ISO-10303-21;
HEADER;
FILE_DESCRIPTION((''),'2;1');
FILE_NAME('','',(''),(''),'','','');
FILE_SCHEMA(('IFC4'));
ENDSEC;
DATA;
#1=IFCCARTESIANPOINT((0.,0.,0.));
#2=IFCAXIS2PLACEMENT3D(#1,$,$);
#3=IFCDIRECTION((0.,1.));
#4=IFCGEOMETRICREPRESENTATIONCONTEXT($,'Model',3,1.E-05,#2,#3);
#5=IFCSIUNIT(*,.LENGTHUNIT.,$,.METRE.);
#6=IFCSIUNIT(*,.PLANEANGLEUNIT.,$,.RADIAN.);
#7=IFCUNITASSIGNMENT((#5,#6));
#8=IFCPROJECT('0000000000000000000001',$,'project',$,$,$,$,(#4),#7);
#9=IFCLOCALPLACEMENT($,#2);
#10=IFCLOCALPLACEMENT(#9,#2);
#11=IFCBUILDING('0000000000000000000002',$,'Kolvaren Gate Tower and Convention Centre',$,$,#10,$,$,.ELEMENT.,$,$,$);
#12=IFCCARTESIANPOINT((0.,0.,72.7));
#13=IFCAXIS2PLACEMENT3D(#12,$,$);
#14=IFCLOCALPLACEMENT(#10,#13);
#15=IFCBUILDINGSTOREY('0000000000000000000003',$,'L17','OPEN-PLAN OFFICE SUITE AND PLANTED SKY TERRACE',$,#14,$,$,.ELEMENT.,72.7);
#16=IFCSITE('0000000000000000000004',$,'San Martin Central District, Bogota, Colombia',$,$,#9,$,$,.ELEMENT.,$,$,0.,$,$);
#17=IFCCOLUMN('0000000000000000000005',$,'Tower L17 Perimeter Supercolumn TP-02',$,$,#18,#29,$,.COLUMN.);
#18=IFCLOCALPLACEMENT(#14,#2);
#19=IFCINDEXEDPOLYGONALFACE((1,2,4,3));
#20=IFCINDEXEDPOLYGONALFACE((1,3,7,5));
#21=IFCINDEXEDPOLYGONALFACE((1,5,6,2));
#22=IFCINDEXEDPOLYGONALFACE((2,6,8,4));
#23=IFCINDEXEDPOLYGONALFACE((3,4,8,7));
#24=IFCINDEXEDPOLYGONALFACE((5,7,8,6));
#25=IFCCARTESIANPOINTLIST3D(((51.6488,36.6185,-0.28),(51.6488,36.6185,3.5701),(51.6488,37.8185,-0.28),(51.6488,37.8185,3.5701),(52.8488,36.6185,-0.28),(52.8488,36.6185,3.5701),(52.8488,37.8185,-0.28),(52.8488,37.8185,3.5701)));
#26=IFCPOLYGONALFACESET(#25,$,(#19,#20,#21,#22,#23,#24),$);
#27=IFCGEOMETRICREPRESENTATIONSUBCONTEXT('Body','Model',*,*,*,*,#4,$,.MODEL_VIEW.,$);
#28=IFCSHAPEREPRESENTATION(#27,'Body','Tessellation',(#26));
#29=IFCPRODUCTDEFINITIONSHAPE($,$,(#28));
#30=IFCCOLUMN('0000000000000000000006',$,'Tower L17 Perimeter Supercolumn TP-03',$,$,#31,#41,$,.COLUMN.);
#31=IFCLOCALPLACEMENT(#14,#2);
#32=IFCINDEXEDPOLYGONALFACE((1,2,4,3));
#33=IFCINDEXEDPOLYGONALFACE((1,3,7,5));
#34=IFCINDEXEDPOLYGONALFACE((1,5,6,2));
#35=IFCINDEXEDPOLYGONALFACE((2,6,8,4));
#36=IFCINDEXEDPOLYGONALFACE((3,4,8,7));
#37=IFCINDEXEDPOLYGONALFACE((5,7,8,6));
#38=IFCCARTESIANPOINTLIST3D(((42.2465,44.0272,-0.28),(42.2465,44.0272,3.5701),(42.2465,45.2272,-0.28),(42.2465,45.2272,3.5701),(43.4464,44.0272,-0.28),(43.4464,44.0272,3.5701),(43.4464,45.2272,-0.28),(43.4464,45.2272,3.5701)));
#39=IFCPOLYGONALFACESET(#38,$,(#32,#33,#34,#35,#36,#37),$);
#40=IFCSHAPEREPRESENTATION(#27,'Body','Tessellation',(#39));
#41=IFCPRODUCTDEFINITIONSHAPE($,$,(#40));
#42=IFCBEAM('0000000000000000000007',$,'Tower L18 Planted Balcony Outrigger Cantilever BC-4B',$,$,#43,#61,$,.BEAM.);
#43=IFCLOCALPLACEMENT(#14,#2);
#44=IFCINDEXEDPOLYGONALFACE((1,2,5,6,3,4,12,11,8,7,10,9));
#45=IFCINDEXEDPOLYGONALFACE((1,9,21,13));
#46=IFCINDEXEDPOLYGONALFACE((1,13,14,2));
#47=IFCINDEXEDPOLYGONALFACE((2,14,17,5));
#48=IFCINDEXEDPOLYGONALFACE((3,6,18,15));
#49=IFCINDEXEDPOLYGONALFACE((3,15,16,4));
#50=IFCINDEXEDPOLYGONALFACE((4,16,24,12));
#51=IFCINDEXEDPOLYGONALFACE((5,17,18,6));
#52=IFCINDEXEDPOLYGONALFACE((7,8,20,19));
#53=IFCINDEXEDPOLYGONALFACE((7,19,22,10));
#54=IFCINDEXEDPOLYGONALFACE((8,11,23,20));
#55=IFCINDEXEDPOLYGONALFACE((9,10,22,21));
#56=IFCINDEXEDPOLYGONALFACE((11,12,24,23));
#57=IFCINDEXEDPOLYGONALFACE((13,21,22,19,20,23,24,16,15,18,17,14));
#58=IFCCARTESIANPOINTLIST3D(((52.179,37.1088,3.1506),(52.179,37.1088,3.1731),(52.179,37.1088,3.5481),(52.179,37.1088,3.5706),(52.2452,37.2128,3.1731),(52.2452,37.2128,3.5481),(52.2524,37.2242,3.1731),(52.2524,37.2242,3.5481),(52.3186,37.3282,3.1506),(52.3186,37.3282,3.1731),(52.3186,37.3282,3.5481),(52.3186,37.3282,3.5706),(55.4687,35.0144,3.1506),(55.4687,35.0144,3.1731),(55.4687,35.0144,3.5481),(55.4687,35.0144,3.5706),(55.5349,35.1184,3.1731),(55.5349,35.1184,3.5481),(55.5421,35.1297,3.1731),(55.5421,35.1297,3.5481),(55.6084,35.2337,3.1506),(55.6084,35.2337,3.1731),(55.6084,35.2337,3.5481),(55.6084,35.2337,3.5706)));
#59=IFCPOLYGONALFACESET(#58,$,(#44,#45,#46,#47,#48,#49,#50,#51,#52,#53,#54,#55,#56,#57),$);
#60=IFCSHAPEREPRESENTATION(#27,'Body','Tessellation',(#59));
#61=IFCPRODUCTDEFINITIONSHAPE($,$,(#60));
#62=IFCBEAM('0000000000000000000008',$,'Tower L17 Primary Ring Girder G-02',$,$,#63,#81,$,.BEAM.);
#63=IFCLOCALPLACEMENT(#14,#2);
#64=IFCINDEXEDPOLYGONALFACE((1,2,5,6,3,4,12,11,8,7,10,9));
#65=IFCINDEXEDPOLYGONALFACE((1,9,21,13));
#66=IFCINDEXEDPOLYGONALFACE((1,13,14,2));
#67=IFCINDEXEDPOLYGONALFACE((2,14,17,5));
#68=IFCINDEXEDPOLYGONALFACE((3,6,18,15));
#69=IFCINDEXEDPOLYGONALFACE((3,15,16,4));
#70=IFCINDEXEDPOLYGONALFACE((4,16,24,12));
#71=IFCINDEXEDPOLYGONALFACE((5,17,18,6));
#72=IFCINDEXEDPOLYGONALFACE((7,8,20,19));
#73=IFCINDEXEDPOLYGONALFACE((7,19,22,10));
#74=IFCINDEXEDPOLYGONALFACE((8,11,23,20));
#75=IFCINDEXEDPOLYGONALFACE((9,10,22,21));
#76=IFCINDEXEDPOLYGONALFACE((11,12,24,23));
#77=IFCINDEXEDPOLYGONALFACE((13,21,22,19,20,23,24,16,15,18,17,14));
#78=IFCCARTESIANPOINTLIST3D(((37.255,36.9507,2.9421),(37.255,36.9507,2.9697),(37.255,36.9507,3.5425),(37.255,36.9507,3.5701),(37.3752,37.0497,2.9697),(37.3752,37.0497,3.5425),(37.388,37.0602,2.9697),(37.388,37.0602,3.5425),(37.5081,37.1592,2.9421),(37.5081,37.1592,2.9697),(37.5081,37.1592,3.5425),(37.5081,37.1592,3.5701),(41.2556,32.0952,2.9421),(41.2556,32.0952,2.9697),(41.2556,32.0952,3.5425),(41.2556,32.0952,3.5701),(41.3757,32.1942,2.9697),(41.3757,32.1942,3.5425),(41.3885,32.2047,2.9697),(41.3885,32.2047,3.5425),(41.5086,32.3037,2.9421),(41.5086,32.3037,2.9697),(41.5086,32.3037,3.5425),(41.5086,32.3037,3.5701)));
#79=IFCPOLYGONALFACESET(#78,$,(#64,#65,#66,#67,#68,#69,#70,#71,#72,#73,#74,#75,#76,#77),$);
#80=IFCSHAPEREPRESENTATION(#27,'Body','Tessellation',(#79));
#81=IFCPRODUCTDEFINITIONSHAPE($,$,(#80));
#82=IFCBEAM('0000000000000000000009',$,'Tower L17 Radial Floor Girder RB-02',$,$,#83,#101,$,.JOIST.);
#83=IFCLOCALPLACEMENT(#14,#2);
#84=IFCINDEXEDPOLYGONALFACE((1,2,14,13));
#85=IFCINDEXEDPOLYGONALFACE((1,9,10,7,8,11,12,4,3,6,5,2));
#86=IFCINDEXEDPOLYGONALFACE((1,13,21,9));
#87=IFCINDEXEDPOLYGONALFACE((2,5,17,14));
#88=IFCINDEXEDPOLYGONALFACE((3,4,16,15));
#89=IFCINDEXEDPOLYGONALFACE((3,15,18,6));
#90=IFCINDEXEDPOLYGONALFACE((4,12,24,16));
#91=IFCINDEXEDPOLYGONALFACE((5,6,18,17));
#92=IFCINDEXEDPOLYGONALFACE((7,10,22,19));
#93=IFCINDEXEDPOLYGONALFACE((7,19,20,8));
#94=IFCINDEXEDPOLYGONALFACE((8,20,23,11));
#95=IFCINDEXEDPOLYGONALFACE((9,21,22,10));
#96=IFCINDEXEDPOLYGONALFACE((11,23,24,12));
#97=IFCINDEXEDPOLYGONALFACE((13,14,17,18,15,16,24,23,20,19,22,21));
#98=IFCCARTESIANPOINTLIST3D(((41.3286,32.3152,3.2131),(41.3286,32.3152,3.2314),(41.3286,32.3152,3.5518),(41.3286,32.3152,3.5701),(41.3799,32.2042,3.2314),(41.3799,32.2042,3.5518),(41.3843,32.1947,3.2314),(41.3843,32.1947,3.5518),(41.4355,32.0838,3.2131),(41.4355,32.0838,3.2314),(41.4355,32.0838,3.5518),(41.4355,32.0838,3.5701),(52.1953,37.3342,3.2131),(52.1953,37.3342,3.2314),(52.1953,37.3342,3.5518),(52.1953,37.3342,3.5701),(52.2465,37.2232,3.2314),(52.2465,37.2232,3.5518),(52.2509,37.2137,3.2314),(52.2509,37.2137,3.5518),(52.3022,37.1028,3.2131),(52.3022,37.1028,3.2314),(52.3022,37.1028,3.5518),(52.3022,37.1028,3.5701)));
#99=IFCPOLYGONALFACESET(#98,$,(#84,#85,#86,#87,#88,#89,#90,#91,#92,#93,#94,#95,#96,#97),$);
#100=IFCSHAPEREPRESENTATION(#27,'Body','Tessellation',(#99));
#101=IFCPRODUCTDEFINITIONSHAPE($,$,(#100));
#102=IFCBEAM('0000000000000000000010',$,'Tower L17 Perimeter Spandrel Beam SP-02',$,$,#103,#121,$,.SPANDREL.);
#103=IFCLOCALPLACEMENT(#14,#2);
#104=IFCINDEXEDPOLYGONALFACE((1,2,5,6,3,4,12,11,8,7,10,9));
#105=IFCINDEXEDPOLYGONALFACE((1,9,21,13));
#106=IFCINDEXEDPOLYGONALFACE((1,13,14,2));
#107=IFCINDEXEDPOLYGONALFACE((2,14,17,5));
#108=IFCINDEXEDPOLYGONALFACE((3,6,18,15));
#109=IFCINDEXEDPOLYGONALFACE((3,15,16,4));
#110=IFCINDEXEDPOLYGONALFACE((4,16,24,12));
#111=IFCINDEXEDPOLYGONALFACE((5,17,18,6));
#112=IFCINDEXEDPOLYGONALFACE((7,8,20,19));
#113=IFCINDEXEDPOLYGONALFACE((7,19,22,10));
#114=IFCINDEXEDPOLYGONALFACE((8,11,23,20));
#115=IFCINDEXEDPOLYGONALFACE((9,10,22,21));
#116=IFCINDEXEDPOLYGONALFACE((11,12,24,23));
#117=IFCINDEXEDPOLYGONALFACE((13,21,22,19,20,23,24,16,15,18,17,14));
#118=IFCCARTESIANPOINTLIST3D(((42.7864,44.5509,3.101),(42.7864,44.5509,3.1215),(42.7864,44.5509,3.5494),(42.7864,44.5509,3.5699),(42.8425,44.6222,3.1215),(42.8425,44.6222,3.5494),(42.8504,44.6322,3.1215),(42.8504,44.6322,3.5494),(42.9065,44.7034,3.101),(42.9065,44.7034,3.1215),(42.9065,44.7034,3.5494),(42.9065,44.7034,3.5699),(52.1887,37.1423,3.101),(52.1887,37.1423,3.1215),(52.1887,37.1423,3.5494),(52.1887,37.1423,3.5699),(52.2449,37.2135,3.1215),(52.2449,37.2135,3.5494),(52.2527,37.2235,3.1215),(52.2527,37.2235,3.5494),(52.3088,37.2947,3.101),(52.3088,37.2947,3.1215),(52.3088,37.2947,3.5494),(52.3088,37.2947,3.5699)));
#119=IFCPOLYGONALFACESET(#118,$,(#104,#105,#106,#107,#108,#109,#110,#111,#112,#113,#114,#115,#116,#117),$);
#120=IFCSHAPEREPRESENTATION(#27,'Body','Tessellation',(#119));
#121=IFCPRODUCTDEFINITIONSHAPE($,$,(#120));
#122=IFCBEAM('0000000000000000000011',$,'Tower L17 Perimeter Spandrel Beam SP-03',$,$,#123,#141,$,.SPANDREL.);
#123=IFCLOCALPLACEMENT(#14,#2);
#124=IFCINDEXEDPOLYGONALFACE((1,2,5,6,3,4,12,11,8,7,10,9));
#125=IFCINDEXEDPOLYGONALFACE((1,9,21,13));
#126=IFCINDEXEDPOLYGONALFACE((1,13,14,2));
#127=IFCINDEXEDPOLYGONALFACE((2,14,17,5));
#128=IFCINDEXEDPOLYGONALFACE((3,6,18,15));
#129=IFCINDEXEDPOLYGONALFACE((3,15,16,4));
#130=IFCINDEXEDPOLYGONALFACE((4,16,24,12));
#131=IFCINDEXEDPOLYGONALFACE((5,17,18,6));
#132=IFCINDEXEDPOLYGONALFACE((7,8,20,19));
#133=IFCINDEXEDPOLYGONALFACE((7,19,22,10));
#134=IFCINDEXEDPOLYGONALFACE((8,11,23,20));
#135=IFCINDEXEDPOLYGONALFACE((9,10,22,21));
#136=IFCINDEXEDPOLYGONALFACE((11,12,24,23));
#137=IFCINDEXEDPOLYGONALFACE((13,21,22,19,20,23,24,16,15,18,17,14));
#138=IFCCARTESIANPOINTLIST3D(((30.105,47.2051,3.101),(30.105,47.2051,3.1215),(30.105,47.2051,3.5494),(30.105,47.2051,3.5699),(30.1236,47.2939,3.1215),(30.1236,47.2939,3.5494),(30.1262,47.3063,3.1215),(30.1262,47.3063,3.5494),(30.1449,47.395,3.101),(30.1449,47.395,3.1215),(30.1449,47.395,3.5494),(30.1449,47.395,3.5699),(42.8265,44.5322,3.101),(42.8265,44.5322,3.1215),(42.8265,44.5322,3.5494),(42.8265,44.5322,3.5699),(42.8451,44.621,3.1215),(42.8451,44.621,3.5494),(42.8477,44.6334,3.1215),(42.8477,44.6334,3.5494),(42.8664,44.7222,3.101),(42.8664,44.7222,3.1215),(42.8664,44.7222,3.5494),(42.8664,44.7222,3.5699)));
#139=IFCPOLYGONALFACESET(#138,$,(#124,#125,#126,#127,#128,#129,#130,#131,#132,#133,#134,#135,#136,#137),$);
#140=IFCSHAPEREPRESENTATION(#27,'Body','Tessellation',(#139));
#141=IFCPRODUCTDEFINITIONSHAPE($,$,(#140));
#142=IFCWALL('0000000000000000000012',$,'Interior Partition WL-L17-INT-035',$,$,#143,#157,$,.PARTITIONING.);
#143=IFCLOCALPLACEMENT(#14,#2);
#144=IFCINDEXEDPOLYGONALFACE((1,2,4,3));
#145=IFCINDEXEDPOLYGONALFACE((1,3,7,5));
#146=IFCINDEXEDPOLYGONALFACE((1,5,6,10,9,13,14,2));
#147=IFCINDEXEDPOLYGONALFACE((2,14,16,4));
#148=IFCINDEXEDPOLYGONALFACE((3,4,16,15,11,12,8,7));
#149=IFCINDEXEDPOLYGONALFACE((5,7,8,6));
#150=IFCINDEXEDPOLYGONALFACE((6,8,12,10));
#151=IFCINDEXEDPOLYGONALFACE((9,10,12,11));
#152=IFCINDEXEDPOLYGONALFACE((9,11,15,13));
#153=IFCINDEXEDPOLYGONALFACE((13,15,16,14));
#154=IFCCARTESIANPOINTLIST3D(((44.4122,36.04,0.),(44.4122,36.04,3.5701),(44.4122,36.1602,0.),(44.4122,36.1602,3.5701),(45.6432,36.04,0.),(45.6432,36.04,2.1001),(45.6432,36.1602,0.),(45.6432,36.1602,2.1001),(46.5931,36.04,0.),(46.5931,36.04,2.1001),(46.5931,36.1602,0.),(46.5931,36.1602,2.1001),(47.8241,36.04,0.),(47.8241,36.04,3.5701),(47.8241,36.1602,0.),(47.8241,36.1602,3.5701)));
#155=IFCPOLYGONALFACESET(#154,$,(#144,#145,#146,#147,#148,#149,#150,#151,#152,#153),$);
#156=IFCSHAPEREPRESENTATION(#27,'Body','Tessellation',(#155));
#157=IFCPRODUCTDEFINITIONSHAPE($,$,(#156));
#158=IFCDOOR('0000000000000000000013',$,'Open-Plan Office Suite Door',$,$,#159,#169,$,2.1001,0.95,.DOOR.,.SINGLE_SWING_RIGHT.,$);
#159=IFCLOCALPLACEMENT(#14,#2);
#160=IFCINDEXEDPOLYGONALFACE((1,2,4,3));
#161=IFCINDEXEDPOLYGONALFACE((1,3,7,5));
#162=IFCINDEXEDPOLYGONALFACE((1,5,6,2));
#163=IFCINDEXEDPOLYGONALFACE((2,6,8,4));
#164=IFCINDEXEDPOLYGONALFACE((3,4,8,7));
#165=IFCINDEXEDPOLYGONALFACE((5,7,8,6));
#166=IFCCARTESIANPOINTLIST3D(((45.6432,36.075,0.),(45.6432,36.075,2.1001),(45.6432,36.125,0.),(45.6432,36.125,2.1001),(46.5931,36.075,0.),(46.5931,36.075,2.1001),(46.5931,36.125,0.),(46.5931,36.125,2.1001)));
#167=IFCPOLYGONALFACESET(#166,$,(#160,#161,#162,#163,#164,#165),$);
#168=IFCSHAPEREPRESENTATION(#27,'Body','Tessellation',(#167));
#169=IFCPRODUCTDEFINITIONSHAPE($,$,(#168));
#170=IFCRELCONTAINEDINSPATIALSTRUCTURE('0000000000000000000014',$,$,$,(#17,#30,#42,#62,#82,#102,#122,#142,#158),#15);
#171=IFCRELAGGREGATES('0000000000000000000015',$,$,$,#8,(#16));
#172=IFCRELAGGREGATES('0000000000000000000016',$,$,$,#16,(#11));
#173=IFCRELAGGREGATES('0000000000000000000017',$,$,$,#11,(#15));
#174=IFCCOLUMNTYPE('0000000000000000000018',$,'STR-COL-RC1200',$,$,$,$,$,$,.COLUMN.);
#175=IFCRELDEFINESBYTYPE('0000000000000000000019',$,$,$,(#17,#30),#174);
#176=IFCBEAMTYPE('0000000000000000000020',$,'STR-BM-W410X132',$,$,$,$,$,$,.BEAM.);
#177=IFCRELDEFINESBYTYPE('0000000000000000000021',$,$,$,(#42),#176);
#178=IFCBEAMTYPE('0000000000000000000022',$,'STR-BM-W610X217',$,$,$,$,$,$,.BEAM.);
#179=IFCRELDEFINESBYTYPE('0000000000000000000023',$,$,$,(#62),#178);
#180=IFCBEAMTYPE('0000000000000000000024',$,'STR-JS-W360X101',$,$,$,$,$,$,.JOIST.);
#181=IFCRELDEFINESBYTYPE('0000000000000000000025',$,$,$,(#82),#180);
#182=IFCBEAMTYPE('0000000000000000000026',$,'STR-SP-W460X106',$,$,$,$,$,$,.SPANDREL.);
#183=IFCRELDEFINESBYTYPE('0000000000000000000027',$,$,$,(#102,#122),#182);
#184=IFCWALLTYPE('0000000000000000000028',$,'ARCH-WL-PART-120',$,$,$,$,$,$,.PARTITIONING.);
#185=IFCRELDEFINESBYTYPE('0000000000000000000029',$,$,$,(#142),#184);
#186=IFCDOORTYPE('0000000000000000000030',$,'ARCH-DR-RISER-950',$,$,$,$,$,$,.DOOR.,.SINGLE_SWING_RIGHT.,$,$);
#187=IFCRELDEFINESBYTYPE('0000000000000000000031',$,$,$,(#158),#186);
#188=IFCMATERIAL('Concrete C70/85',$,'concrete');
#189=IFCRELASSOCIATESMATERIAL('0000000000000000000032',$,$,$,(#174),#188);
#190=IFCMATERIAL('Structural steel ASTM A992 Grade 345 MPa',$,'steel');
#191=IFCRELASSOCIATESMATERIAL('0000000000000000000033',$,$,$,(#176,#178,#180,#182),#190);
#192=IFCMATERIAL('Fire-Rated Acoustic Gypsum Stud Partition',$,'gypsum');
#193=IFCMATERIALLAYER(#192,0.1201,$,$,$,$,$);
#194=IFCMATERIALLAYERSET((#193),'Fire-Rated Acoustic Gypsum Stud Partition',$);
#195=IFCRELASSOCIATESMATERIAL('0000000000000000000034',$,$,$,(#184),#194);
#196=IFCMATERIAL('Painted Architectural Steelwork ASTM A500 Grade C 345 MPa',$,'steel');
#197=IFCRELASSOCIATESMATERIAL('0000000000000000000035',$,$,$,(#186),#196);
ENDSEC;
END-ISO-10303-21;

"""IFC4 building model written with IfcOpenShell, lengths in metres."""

from ifc_helpers import new_model, si_unit, direction, frame, frame_2d, origin, origin_2d, place, context, subcontext, project, spatial, rectangle, i_section, extrude, material, layer, layer_set, material_profile, profile_set, type_object, element, fill, save


model = new_model("IFC4")

# Units and contexts
model_context = context("Model", 3, precision=1e-05, world=origin(), true_north=direction((0.0, 1.0)))
body_context = subcontext(model_context, "Body", "Model", "MODEL_VIEW")
ifc_project = project(units=[si_unit("LENGTHUNIT", "METRE"), si_unit("PLANEANGLEUNIT", "RADIAN")], contexts=[model_context])

# Site, building, storey
site_placement = place(None, origin())
site = spatial("IfcSite", under=ifc_project, at=site_placement, Name="San Martin Central District, Bogota, Colombia", CompositionType="ELEMENT", RefElevation=0.0)
building_placement = place(site_placement, origin())
building = spatial("IfcBuilding", under=site, at=building_placement, Name="Kolvaren Gate Tower and Convention Centre", CompositionType="ELEMENT")
storey_placement = place(building_placement, frame((0.0, 0.0, 72.7)))
storey = spatial("IfcBuildingStorey", under=building, at=storey_placement, Name="L17", Description="OPEN-PLAN OFFICE SUITE AND PLANTED SKY TERRACE", CompositionType="ELEMENT", Elevation=72.7)

# Columns
ifc_material_1 = material(Name="Concrete C70/85", Category="concrete")
ifc_material_profile_1 = material_profile(ifc_material_1, rectangle(XDim=1.2, YDim=1.2, at=origin_2d()), Name="RC-COL-1200X1200")
ifc_profile_set_1 = profile_set([ifc_material_profile_1], Name="Concrete C70/85")
column_type = type_object("IfcColumnType", Name="STR-COL-RC1200", PredefinedType="COLUMN", material=ifc_profile_set_1)
for number, where, z_axis, x_axis, name in (
    (1, (52.2488, 37.2185, -0.28), (0.0, 0.0, 1.0), (1.0, 0.0, 0.0), "Tower L17 Perimeter Supercolumn TP-02"),
    (2, (42.8464, 44.6272, -0.28), (0.0, 0.0, 1.0), (1.0, 0.0, 0.0), "Tower L17 Perimeter Supercolumn TP-03"),
):
    element("IfcColumn", number, at=place(storey_placement, frame(where, z_axis=z_axis, x_axis=x_axis)), inside=storey, type_object=column_type, Name=name, PredefinedType="COLUMN", context=body_context, shape_type="SweptSolid", body=[
        extrude(rectangle(XDim=1.2, YDim=1.2, at=origin_2d()), origin(), (0.0, 0.0, 1.0), 3.8501),
    ])

# Beams
ifc_material_2 = material(Name="Structural steel ASTM A992 Grade 345 MPa", Category="steel")
ifc_material_profile_2 = material_profile(ifc_material_2, i_section(OverallWidth=0.26, OverallDepth=0.4199, WebThickness=0.0134, FlangeThickness=0.0225, at=origin_2d()), Name="W410X132")
ifc_profile_set_2 = profile_set([ifc_material_profile_2], Name="Structural steel ASTM A992 Grade 345 MPa")
beam_type_1 = type_object("IfcBeamType", Name="STR-BM-W410X132", PredefinedType="BEAM", material=ifc_profile_set_2)
beam_1_placement = place(storey_placement, frame((52.2488, 37.2185, 3.3606), z_axis=(0.843548, -0.537054, 0.0), x_axis=(0.537054, 0.843548, 0.0)))
element("IfcBeam", 3, at=beam_1_placement, inside=storey, type_object=beam_type_1, Name="Tower L18 Planted Balcony Outrigger Cantilever BC-4B", PredefinedType="BEAM", context=body_context, shape_type="SweptSolid", body=[
    extrude(i_section(OverallWidth=0.26, OverallDepth=0.4199, WebThickness=0.0134, FlangeThickness=0.0225, at=origin_2d()), origin(), (0.0, 0.0, 1.0), 3.8999),
])
ifc_material_profile_3 = material_profile(ifc_material_2, i_section(OverallWidth=0.3279, OverallDepth=0.6279, WebThickness=0.0166, FlangeThickness=0.0276, at=origin_2d()), Name="W610X217")
ifc_profile_set_3 = profile_set([ifc_material_profile_3], Name="Structural steel ASTM A992 Grade 345 MPa")
beam_type_2 = type_object("IfcBeamType", Name="STR-BM-W610X217", PredefinedType="BEAM", material=ifc_profile_set_3)
beam_2_placement = place(storey_placement, frame((41.3821, 32.1995, 3.2561), z_axis=(-0.635884, 0.771785, 0.0), x_axis=(-0.771785, -0.635884, 0.0)))
element("IfcBeam", 4, at=beam_2_placement, inside=storey, type_object=beam_type_2, Name="Tower L17 Primary Ring Girder G-02", PredefinedType="BEAM", context=body_context, shape_type="SweptSolid", body=[
    extrude(i_section(OverallWidth=0.3279, OverallDepth=0.6279, WebThickness=0.0166, FlangeThickness=0.0276, at=origin_2d()), origin(), (0.0, 0.0, 1.0), 6.2913),
])
ifc_material_profile_4 = material_profile(ifc_material_2, i_section(OverallWidth=0.2549, OverallDepth=0.3569, WebThickness=0.0105, FlangeThickness=0.0183, at=origin_2d()), Name="W360X101")
ifc_profile_set_4 = profile_set([ifc_material_profile_4], Name="Structural steel ASTM A992 Grade 345 MPa")
beam_type_3 = type_object("IfcBeamType", Name="STR-JS-W360X101", PredefinedType="JOIST", material=ifc_profile_set_4)
beam_3_placement = place(storey_placement, frame((41.3821, 32.1995, 3.3916), z_axis=(0.907844, 0.419309, 0.0), x_axis=(-0.419309, 0.907844, 0.0)))
element("IfcBeam", 5, at=beam_3_placement, inside=storey, type_object=beam_type_3, Name="Tower L17 Radial Floor Girder RB-02", PredefinedType="JOIST", context=body_context, shape_type="SweptSolid", body=[
    extrude(i_section(OverallWidth=0.2549, OverallDepth=0.3569, WebThickness=0.0105, FlangeThickness=0.0183, at=origin_2d()), origin(), (0.0, 0.0, 1.0), 11.9697),
])
ifc_material_profile_5 = material_profile(ifc_material_2, i_section(OverallWidth=0.1941, OverallDepth=0.469, WebThickness=0.0127, FlangeThickness=0.0205, at=origin_2d()), Name="W460X106")
ifc_profile_set_5 = profile_set([ifc_material_profile_5], Name="Structural steel ASTM A992 Grade 345 MPa")
beam_type_4 = type_object("IfcBeamType", Name="STR-SP-W460X106", PredefinedType="SPANDREL", material=ifc_profile_set_5)
beam_4_placement = place(storey_placement, frame((52.2488, 37.2185, 3.3354), z_axis=(-0.78546, 0.618913, 0.0), x_axis=(-0.618913, -0.78546, 0.0)))
element("IfcBeam", 6, at=beam_4_placement, inside=storey, type_object=beam_type_4, Name="Tower L17 Perimeter Spandrel Beam SP-02", PredefinedType="SPANDREL", context=body_context, shape_type="SweptSolid", body=[
    extrude(i_section(OverallWidth=0.1941, OverallDepth=0.469, WebThickness=0.0127, FlangeThickness=0.0205, at=origin_2d()), origin(), (0.0, 0.0, 1.0), 11.9705),
])
beam_5_placement = place(storey_placement, frame((42.8464, 44.6272, 3.3354), z_axis=(-0.978633, 0.205617, 0.0), x_axis=(-0.205617, -0.978633, 0.0)))
element("IfcBeam", 7, at=beam_5_placement, inside=storey, type_object=beam_type_4, Name="Tower L17 Perimeter Spandrel Beam SP-03", PredefinedType="SPANDREL", context=body_context, shape_type="SweptSolid", body=[
    extrude(i_section(OverallWidth=0.1941, OverallDepth=0.469, WebThickness=0.0127, FlangeThickness=0.0205, at=origin_2d()), origin(), (0.0, 0.0, 1.0), 12.9993),
])

# Wall, opening, door
ifc_material_3 = material(Name="Fire-Rated Acoustic Gypsum Stud Partition", Category="gypsum")
ifc_layer_1 = layer(ifc_material_3, 0.1201)
ifc_layer_set_1 = layer_set([ifc_layer_1], Name="Fire-Rated Acoustic Gypsum Stud Partition")
wall_type_1 = type_object("IfcWallType", Name="ARCH-WL-PART-120", PredefinedType="PARTITIONING", material=ifc_layer_set_1)
wall_1_placement = place(storey_placement, frame((44.4121, 36.1001, 0.0), z_axis=(0.0, 0.0, 1.0), x_axis=(1.0, 0.0, 0.0)))
wall_1 = element("IfcWall", 8, at=wall_1_placement, inside=storey, type_object=wall_type_1, Name="Interior Partition WL-L17-INT-035", PredefinedType="PARTITIONING", context=body_context, shape_type="SweptSolid", body=[
    extrude(rectangle(XDim=3.4119, YDim=0.1201, at=frame_2d((1.7061, 0.0))), origin(), (0.0, 0.0, 1.0), 3.5701),
])
opening_1_placement = place(wall_1_placement, frame((1.231, 0.0, 0.0)))
opening_1 = element("IfcOpeningElement", 9, at=opening_1_placement, cuts=wall_1, PredefinedType="OPENING", context=body_context, shape_type="SweptSolid", body=[
    extrude(rectangle(XDim=0.95, YDim=2.1001, at=frame_2d((0.4751, 1.05))), frame((0.0, 0.0701, 0.0), z_axis=(0.0, -1.0, 0.0), x_axis=(1.0, 0.0, 0.0)), (0.0, 0.0, 1.0), 0.1401),
])
ifc_material_4 = material(Name="Painted Architectural Steelwork ASTM A500 Grade C 345 MPa", Category="steel")
door_type_1 = type_object("IfcDoorType", Name="ARCH-DR-RISER-950", OperationType="SINGLE_SWING_RIGHT", PredefinedType="DOOR", material=ifc_material_4)
door_1_placement = place(opening_1_placement, origin())
door_1 = element("IfcDoor", 10, at=door_1_placement, inside=storey, type_object=door_type_1, Name="Open-Plan Office Suite Door", OperationType="SINGLE_SWING_RIGHT", OverallHeight=2.1001, OverallWidth=0.95, PredefinedType="DOOR", context=body_context, shape_type="SweptSolid", body=[
    extrude(rectangle(XDim=0.95, YDim=2.1001, at=frame_2d((0.4751, 1.05))), frame((0.0, 0.0249, 0.0), z_axis=(0.0, -1.0, 0.0), x_axis=(1.0, 0.0, 0.0)), (0.0, 0.0, 1.0), 0.05),
])
fill(opening_1, door_1)

save(model, "model.ifc")
